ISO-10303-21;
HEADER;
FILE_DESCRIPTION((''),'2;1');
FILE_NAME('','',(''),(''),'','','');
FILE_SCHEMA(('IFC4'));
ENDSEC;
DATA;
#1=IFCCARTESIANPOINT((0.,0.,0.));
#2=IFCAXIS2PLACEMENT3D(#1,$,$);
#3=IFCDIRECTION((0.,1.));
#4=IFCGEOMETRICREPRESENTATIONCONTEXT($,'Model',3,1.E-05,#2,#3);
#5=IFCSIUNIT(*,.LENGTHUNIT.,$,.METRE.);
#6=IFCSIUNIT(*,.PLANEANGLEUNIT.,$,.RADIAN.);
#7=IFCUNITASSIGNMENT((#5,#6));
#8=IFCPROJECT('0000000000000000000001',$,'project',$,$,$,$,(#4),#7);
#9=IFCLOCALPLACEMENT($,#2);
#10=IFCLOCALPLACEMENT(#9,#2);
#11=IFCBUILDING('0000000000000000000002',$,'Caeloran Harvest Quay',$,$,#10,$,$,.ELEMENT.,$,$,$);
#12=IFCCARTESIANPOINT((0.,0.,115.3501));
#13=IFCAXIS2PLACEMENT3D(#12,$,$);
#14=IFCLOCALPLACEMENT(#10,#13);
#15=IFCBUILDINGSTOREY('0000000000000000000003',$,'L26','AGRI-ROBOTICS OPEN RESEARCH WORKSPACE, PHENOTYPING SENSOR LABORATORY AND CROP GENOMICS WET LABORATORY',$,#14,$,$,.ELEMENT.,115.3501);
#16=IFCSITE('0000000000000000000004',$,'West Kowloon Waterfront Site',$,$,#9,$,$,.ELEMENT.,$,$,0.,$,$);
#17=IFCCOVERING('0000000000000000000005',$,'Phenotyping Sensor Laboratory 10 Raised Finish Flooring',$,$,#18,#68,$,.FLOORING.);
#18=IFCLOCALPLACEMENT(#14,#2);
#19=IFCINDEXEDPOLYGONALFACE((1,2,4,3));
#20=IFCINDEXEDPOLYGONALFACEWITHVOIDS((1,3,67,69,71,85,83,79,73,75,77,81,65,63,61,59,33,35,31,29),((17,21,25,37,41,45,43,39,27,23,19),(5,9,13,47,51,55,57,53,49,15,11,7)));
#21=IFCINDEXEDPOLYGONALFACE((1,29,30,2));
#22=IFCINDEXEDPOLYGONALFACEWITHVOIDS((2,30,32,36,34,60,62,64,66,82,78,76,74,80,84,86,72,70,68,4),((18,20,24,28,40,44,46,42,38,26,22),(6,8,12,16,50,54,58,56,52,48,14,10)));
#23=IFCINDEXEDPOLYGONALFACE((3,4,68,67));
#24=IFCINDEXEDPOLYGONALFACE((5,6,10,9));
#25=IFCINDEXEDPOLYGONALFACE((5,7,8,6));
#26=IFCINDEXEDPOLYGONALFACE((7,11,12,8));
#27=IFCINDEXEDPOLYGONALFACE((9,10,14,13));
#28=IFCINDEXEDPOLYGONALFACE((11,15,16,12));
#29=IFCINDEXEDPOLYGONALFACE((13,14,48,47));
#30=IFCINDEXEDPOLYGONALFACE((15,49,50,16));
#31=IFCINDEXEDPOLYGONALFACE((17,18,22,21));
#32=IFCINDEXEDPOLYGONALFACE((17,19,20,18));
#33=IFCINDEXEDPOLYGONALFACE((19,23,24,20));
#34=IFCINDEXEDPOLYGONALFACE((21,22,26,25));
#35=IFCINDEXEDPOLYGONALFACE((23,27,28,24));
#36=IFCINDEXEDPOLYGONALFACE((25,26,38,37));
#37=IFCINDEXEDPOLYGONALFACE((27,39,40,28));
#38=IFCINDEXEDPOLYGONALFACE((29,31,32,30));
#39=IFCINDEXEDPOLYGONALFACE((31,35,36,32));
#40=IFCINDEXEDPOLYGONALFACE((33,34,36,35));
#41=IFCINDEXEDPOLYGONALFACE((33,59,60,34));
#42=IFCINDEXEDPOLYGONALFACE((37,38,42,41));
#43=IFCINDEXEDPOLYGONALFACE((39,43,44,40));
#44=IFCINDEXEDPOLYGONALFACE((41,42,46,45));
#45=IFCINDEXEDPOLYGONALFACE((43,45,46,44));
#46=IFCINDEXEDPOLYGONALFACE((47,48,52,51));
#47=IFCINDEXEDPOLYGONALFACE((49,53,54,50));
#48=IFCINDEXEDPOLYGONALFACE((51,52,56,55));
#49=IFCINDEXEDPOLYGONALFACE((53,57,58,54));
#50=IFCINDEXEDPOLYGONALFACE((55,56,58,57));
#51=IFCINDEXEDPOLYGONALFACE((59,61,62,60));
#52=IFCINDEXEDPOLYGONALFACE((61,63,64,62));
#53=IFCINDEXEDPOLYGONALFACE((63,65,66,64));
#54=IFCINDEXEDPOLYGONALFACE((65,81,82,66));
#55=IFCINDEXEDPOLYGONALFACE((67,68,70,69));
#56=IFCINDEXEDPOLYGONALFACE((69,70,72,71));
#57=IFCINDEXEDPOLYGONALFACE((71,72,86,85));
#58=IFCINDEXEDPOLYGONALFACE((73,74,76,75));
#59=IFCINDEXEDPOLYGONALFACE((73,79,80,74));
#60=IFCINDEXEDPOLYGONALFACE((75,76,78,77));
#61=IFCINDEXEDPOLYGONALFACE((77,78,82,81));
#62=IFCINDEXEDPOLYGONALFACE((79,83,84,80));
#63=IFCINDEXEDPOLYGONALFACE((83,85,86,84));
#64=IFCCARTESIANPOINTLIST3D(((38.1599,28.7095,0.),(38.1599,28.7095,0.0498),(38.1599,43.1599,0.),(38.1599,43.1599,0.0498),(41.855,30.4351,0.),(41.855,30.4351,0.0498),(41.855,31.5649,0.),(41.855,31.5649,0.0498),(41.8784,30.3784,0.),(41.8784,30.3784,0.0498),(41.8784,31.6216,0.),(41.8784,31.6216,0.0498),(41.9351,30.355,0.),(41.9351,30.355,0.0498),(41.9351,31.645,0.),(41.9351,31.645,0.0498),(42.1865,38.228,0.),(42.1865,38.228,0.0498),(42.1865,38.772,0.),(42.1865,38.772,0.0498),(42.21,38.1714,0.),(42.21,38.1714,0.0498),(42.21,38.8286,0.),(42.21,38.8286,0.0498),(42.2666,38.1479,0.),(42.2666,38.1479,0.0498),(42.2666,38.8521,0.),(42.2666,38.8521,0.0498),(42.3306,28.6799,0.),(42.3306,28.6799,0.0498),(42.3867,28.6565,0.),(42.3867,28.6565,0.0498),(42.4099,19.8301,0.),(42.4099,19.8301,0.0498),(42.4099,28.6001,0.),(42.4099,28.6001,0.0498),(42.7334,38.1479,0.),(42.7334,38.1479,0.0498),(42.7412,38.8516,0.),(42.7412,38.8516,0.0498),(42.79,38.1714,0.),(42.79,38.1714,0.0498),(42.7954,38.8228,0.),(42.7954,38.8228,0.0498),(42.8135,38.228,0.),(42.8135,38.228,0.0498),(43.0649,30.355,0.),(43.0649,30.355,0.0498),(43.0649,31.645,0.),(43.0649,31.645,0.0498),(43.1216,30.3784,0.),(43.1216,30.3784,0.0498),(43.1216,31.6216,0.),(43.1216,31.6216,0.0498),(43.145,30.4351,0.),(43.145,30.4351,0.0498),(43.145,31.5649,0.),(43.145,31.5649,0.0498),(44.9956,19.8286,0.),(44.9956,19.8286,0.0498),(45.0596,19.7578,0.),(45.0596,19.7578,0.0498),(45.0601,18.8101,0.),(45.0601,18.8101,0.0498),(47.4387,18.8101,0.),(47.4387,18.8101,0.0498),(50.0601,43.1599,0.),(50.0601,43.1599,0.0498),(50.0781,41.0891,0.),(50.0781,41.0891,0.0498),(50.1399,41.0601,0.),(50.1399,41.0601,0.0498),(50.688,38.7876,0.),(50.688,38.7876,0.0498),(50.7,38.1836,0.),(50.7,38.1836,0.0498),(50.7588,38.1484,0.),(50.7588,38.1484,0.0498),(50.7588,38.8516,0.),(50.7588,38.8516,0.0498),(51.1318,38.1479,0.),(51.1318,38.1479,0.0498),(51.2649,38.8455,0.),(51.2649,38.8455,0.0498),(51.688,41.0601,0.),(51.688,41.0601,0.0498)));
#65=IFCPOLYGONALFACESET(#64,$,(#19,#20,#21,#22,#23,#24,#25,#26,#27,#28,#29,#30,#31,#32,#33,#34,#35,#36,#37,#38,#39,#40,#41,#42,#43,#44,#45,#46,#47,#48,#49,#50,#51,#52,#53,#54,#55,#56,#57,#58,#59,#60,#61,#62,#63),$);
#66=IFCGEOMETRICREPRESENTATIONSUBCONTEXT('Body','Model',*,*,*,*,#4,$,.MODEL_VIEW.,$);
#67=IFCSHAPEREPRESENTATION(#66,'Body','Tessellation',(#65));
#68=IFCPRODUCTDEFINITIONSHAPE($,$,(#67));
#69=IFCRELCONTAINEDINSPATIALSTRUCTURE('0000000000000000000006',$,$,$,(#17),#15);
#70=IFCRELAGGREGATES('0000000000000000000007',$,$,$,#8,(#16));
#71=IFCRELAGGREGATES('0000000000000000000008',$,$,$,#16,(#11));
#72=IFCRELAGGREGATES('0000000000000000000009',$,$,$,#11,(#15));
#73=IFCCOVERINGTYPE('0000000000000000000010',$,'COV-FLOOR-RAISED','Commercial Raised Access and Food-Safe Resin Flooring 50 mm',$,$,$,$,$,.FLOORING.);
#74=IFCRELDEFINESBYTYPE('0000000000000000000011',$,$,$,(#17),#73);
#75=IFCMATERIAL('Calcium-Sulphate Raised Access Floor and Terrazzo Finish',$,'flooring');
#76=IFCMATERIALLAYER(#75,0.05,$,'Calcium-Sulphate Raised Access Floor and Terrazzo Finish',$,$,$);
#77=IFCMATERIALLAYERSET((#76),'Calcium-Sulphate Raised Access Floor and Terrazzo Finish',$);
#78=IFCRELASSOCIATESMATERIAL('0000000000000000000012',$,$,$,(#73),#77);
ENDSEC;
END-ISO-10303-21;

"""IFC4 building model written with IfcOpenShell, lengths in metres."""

from ifc_helpers import new_model, si_unit, direction, frame, origin, place, context, subcontext, project, spatial, polyline, outline, extrude, material, layer, layer_set, type_object, element, save


model = new_model("IFC4")

# Units and contexts
model_context = context("Model", 3, precision=1e-05, world=origin(), true_north=direction((0.0, 1.0)))
body_context = subcontext(model_context, "Body", "Model", "MODEL_VIEW")
ifc_project = project(units=[si_unit("LENGTHUNIT", "METRE"), si_unit("PLANEANGLEUNIT", "RADIAN")], contexts=[model_context])

# Site, building, storey
site_placement = place(None, origin())
site = spatial("IfcSite", under=ifc_project, at=site_placement, Name="West Kowloon Waterfront Site", CompositionType="ELEMENT", RefElevation=0.0)
building_placement = place(site_placement, origin())
building = spatial("IfcBuilding", under=site, at=building_placement, Name="Caeloran Harvest Quay", CompositionType="ELEMENT")
storey_placement = place(building_placement, frame((0.0, 0.0, 115.3501)))
storey = spatial("IfcBuildingStorey", under=building, at=storey_placement, Name="L26", Description="AGRI-ROBOTICS OPEN RESEARCH WORKSPACE, PHENOTYPING SENSOR LABORATORY AND CROP GENOMICS WET LABORATORY", CompositionType="ELEMENT", Elevation=115.3501)

# Covering
ifc_material_1 = material(Name="Calcium-Sulphate Raised Access Floor and Terrazzo Finish", Category="flooring")
ifc_layer_1 = layer(ifc_material_1, 0.05, Name="Calcium-Sulphate Raised Access Floor and Terrazzo Finish")
ifc_layer_set_1 = layer_set([ifc_layer_1], Name="Calcium-Sulphate Raised Access Floor and Terrazzo Finish")
covering_type_1 = type_object("IfcCoveringType", Name="COV-FLOOR-RAISED", Description="Commercial Raised Access and Food-Safe Resin Flooring 50 mm", PredefinedType="FLOORING", material=ifc_layer_set_1)
covering_1_placement = place(storey_placement, origin())
element("IfcCovering", 1, at=covering_1_placement, inside=storey, type_object=covering_type_1, Name="Phenotyping Sensor Laboratory 10 Raised Finish Flooring", PredefinedType="FLOORING", context=body_context, shape_type="SweptSolid", body=[
    extrude(outline(polyline([(38.1599, 43.1599), (50.0601, 43.1599), (50.0781, 41.0891), (50.1399, 41.0601), (51.688, 41.0601), (51.2649, 38.8455), (50.7588, 38.8516), (50.688, 38.7876), (50.7, 38.1836), (50.7588, 38.1484), (51.1318, 38.1479), (47.4387, 18.8101), (45.0601, 18.8101), (45.0596, 19.7578), (44.9956, 19.8286), (42.4099, 19.8301), (42.4099, 28.6001), (42.3867, 28.6565), (42.3306, 28.6799), (38.1599, 28.7095), (38.1599, 43.1599)]), holes=[polyline([(41.9351, 31.645), (41.8784, 31.6216), (41.855, 31.5649), (41.855, 30.4351), (41.8784, 30.3784), (41.9351, 30.355), (43.0649, 30.355), (43.1216, 30.3784), (43.145, 30.4351), (43.145, 31.5649), (43.1216, 31.6216), (43.0649, 31.645), (41.9351, 31.645)]), polyline([(42.8135, 38.228), (42.7954, 38.8228), (42.7412, 38.8516), (42.2666, 38.8521), (42.21, 38.8286), (42.1865, 38.772), (42.1865, 38.228), (42.21, 38.1714), (42.2666, 38.1479), (42.7334, 38.1479), (42.79, 38.1714), (42.8135, 38.228)])]), origin(), (0.0, 0.0, 1.0), 0.0498),
])

save(model, "model.ifc")
